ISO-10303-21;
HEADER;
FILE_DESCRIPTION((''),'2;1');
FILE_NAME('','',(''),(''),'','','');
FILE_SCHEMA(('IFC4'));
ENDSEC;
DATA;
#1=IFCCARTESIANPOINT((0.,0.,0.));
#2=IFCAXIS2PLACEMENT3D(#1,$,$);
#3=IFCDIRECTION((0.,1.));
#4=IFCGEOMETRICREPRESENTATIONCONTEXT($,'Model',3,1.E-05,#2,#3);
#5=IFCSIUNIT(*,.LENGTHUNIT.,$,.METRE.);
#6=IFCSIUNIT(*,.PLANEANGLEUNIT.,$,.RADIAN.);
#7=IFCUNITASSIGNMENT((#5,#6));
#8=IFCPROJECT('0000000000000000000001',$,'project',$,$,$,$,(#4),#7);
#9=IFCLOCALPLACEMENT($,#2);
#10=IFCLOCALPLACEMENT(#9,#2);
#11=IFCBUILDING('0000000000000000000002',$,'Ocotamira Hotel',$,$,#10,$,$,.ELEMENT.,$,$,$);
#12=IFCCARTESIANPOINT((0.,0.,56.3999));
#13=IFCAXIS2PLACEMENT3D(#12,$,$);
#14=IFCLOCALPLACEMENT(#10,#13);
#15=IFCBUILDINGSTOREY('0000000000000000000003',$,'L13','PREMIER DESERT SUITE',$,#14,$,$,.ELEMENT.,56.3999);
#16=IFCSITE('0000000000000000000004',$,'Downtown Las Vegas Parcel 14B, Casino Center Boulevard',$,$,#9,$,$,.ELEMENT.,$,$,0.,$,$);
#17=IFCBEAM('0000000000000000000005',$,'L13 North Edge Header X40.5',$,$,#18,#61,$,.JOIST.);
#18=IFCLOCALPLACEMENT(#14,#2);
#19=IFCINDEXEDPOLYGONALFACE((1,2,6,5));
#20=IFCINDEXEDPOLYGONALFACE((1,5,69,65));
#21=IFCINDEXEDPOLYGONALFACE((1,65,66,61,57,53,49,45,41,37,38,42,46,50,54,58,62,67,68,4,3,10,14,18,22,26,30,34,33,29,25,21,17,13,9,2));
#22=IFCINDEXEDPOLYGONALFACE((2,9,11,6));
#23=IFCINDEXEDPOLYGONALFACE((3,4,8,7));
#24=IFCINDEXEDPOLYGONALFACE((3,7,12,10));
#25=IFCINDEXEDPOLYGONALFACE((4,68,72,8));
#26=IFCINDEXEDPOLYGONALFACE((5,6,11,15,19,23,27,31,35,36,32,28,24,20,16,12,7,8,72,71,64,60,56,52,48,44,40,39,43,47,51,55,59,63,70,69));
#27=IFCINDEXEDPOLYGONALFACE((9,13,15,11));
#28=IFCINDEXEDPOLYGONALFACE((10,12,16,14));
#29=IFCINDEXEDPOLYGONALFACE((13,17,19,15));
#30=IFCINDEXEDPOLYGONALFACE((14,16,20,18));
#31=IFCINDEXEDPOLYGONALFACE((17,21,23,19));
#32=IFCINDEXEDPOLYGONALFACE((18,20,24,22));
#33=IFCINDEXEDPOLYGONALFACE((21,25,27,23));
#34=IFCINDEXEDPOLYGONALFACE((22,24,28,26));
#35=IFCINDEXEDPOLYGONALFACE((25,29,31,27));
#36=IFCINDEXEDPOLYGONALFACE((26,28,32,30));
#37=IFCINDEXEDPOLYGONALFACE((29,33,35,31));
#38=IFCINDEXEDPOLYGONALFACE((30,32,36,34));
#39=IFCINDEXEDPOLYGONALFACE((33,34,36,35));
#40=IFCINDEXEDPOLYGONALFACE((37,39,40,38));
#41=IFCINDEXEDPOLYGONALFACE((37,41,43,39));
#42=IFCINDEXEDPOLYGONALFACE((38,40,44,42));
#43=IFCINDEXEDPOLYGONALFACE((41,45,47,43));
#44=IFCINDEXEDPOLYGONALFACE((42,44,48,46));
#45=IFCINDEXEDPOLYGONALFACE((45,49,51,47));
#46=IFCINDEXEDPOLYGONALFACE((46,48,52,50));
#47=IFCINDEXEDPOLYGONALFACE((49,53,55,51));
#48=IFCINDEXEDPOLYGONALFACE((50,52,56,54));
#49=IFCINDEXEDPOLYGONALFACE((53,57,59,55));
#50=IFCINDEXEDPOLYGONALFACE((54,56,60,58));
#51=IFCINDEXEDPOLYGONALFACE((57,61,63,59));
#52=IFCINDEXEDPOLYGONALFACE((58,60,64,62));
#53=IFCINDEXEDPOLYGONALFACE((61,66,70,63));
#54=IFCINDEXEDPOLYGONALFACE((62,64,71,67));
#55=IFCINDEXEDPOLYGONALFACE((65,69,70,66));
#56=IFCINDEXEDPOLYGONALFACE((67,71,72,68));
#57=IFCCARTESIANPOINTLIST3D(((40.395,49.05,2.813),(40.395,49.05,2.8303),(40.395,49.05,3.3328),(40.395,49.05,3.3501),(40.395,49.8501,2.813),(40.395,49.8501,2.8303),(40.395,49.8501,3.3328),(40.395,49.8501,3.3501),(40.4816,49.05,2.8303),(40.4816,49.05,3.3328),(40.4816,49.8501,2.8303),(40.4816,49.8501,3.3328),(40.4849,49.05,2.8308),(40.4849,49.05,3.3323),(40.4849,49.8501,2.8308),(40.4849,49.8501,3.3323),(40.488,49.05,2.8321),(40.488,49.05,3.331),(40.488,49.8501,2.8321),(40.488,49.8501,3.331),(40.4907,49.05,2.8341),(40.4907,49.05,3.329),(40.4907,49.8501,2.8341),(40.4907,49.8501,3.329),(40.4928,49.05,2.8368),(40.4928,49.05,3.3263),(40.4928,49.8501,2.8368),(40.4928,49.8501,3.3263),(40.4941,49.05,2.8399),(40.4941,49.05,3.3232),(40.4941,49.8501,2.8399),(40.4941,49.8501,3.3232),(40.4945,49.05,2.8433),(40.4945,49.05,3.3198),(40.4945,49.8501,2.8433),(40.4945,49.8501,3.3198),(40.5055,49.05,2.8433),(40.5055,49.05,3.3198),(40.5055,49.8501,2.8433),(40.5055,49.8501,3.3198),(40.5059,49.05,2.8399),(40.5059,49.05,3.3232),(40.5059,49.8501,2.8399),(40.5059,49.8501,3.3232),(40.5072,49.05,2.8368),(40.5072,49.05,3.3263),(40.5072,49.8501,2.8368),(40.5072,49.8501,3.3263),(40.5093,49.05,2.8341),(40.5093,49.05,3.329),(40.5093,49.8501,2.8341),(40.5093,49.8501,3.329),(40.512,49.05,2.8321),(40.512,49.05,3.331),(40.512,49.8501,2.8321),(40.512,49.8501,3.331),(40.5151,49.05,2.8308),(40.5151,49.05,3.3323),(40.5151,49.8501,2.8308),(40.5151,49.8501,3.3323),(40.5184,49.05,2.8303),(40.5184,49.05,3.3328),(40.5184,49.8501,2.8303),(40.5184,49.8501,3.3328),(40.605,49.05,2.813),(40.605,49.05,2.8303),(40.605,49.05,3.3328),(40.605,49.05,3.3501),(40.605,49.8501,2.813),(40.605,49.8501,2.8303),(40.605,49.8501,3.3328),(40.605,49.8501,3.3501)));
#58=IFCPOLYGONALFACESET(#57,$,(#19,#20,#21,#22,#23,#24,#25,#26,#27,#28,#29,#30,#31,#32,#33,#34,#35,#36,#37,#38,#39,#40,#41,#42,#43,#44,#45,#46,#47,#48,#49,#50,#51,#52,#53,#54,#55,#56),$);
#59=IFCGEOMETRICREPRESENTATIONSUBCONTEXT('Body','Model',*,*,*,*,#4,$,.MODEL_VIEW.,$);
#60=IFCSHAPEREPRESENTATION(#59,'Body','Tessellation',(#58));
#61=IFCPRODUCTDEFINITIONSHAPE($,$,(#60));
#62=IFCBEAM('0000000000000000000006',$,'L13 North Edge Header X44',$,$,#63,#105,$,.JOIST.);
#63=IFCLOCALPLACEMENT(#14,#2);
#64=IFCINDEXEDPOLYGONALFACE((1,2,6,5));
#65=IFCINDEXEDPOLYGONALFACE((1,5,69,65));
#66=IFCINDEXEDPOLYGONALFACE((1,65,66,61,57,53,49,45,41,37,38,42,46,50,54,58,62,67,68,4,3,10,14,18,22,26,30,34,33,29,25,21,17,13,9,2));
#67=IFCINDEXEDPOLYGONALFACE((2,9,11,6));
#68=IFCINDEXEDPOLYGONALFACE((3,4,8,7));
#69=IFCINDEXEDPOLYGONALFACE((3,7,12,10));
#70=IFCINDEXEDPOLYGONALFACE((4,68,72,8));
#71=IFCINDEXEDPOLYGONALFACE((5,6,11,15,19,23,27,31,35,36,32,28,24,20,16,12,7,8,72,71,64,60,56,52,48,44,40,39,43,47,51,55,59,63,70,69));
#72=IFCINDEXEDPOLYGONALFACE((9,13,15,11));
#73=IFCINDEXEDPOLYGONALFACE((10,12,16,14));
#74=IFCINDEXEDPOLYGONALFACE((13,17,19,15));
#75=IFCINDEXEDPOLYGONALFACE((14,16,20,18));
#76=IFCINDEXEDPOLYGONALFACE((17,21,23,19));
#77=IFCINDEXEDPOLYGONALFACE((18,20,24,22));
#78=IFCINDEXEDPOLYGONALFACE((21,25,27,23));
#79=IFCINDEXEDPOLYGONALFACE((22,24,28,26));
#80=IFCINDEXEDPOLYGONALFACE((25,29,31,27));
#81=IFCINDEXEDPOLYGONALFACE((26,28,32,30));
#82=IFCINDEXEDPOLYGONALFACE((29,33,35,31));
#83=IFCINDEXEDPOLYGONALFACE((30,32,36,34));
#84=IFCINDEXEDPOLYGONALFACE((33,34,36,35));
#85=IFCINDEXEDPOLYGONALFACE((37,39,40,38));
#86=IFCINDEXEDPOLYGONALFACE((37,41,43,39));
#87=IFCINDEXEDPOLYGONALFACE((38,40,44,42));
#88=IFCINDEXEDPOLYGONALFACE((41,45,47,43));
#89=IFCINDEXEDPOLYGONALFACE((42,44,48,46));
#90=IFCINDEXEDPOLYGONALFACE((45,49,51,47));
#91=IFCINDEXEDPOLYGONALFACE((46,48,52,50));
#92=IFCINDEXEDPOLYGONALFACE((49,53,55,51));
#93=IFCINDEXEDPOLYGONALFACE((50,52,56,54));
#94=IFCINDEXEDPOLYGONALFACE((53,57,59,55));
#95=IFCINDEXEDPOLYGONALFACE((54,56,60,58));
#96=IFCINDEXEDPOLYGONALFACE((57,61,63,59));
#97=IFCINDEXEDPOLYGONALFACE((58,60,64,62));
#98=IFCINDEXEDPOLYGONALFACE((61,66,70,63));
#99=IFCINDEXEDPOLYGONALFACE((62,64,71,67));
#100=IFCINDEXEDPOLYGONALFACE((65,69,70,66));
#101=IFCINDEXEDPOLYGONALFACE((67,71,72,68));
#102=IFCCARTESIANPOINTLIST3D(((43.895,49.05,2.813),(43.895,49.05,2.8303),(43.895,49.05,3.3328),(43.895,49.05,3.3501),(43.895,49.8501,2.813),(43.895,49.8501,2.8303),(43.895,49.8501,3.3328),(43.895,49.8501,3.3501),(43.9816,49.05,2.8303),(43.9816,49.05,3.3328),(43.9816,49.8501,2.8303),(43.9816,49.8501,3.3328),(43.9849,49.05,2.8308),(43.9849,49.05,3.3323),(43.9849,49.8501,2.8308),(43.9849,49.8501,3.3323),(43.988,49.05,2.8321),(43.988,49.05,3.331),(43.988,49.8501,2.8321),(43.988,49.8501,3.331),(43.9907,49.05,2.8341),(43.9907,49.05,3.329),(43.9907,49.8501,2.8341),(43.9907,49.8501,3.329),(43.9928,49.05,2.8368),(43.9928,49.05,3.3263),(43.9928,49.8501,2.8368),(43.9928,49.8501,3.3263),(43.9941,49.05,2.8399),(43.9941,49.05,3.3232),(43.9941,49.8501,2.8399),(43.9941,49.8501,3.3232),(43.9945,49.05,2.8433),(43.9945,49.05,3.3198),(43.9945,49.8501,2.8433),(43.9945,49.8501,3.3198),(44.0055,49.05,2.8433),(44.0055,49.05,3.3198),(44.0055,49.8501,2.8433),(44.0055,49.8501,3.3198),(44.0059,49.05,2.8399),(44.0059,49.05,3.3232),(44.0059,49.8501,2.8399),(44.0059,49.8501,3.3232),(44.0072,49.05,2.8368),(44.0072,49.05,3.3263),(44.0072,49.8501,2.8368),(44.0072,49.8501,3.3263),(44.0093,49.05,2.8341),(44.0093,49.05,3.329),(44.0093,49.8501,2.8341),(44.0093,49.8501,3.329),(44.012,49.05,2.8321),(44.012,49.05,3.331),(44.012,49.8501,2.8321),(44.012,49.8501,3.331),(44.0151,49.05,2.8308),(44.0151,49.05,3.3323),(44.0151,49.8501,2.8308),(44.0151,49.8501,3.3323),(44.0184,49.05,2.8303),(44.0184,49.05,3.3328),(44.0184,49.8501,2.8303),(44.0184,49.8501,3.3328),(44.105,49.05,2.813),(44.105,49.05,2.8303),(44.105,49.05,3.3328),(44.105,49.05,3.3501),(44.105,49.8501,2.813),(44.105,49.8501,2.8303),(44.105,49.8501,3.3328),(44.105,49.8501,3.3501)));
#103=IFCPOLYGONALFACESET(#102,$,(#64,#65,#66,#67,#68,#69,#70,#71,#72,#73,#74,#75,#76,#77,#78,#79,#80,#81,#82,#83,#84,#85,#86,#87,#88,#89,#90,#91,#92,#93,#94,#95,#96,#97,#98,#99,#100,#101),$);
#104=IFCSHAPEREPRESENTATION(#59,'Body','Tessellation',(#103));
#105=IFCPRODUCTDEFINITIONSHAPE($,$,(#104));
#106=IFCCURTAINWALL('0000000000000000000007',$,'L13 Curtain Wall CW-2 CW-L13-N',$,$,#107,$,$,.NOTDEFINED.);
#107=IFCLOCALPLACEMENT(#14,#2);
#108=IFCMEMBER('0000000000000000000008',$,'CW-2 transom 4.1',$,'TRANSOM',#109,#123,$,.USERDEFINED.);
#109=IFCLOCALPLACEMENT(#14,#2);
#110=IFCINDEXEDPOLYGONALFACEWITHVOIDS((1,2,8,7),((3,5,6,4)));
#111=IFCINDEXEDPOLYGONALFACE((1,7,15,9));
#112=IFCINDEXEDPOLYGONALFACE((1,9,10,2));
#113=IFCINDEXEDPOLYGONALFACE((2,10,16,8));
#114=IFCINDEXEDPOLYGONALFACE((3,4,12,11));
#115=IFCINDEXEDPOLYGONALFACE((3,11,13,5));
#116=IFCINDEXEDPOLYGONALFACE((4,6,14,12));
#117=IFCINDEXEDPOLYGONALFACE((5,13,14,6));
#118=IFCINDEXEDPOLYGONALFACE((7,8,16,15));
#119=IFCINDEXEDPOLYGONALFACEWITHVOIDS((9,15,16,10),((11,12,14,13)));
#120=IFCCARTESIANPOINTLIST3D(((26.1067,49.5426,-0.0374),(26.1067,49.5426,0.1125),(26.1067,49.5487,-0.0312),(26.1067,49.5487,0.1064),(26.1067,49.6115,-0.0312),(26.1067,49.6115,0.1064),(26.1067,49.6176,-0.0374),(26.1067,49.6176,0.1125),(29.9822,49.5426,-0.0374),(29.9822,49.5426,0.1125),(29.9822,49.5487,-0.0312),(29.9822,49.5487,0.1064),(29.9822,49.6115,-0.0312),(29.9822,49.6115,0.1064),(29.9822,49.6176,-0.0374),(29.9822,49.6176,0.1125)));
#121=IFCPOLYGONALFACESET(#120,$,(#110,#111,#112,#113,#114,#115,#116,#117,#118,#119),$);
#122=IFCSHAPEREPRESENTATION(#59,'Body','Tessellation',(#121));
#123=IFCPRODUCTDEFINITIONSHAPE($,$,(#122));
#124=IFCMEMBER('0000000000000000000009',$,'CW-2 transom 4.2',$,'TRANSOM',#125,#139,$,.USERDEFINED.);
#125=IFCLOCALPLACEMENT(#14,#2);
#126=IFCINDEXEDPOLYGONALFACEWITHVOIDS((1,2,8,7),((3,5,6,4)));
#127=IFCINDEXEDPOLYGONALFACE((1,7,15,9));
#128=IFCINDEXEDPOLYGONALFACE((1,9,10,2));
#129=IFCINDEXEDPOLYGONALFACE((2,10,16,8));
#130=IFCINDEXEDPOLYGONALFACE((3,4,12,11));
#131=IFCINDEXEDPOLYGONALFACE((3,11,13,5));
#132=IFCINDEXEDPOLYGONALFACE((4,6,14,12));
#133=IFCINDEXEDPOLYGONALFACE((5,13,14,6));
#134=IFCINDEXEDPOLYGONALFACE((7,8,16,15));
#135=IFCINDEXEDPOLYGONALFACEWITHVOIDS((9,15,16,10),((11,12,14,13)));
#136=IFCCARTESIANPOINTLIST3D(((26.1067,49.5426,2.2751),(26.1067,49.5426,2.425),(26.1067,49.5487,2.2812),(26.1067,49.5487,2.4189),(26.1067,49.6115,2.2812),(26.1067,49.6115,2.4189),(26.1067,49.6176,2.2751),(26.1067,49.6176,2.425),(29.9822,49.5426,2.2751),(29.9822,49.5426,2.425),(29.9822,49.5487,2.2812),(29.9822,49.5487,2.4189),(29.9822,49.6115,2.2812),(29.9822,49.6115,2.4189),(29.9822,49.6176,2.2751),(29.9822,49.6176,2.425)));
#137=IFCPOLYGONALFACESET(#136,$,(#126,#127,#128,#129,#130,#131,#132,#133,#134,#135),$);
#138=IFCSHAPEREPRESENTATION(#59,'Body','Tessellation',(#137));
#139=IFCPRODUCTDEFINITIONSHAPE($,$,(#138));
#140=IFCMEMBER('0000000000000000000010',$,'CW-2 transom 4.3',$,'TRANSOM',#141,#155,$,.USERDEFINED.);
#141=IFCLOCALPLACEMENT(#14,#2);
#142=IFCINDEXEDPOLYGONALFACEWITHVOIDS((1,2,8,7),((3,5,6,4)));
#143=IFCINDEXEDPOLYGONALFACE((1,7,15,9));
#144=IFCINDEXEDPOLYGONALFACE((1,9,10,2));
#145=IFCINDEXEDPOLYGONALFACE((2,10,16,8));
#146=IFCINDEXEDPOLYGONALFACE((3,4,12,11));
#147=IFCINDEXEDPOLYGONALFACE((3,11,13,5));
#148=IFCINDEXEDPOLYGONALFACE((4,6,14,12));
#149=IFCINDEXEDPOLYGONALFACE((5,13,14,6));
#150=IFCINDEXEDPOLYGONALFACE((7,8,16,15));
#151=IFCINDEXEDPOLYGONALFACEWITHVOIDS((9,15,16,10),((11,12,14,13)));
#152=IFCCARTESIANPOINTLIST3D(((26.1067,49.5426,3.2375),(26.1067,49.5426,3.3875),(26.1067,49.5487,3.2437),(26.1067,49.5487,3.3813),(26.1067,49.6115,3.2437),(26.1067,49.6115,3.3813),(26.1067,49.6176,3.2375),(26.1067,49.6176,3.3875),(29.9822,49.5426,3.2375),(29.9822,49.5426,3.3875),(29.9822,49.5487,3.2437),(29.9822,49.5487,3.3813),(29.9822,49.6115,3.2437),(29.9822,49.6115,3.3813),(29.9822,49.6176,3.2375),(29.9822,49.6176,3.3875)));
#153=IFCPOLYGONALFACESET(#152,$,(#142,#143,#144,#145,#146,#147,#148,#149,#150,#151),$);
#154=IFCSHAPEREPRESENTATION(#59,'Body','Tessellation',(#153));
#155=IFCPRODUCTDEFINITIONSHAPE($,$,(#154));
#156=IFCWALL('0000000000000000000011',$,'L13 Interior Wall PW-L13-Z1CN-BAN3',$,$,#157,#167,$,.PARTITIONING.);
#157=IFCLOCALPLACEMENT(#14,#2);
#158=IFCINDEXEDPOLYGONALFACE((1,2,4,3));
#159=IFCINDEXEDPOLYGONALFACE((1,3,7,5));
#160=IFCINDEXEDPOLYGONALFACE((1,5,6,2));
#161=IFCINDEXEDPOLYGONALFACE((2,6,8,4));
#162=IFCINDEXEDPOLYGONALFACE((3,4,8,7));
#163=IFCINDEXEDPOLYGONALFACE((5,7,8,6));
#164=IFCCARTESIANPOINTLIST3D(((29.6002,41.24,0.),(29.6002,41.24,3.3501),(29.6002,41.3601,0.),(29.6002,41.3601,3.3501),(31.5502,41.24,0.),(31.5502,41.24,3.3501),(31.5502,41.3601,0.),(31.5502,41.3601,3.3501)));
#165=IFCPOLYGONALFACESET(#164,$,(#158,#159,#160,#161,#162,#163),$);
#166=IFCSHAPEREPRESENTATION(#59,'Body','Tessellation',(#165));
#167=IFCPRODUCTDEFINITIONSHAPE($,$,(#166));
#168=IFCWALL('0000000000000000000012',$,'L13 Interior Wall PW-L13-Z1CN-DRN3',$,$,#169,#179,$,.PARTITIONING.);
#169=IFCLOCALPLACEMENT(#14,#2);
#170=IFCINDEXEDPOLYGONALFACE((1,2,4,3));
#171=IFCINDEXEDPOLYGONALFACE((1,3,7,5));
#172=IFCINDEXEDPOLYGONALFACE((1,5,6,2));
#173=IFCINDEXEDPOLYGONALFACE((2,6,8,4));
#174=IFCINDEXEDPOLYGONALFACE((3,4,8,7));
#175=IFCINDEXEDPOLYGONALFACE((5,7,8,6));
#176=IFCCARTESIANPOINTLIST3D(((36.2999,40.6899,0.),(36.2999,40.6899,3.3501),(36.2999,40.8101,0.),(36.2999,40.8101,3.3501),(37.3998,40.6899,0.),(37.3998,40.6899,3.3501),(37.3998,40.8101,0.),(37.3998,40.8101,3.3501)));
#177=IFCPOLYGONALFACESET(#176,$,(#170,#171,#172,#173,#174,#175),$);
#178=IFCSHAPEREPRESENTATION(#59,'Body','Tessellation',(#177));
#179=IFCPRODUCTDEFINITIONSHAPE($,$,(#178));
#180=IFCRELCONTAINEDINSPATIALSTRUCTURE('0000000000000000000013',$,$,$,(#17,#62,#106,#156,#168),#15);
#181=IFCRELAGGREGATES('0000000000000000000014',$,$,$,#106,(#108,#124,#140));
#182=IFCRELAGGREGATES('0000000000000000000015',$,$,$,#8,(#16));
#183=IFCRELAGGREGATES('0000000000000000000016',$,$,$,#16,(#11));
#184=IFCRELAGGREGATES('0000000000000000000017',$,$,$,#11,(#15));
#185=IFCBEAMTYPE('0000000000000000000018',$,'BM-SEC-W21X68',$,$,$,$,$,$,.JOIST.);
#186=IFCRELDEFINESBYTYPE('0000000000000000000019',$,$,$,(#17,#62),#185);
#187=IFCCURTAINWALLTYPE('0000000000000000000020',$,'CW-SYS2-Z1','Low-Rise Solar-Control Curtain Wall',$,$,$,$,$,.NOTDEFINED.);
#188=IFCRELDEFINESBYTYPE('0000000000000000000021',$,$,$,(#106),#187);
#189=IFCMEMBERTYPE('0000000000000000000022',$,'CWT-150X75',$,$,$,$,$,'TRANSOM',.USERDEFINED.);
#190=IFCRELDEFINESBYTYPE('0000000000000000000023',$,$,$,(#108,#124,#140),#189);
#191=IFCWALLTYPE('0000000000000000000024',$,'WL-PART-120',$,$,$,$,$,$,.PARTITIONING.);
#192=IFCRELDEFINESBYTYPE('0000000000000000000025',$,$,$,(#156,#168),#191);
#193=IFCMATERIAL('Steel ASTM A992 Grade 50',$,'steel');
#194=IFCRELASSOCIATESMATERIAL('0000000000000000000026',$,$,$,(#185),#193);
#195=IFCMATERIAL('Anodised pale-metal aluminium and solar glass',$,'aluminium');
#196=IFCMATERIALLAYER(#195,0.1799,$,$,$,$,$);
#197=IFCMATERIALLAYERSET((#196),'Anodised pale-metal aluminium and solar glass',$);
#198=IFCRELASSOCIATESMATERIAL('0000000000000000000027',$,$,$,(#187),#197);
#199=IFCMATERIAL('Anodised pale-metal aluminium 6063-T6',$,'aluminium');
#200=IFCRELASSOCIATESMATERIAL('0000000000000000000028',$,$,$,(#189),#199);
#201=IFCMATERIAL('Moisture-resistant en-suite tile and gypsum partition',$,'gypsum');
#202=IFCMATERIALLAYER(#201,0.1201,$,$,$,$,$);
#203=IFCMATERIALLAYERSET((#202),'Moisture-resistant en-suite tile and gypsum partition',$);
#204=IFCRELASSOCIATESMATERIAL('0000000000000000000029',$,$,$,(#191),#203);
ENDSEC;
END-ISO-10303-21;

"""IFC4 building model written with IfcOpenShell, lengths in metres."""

from ifc_helpers import new_model, si_unit, direction, frame, frame_2d, origin, origin_2d, place, context, subcontext, project, spatial, rectangle, hollow_rectangle, i_section, extrude, source, transform, mapped, material, layer, layer_set, material_profile, profile_set, type_object, element, aggregate, save


model = new_model("IFC4")

# Units and contexts
model_context = context("Model", 3, precision=1e-05, world=origin(), true_north=direction((0.0, 1.0)))
body_context = subcontext(model_context, "Body", "Model", "MODEL_VIEW")
ifc_project = project(units=[si_unit("LENGTHUNIT", "METRE"), si_unit("PLANEANGLEUNIT", "RADIAN")], contexts=[model_context])

# Site, building, storey
site_placement = place(None, origin())
site = spatial("IfcSite", under=ifc_project, at=site_placement, Name="Downtown Las Vegas Parcel 14B, Casino Center Boulevard", CompositionType="ELEMENT", RefElevation=0.0)
building_placement = place(site_placement, origin())
building = spatial("IfcBuilding", under=site, at=building_placement, Name="Ocotamira Hotel", CompositionType="ELEMENT")
storey_placement = place(building_placement, frame((0.0, 0.0, 56.3999)))
storey = spatial("IfcBuildingStorey", under=building, at=storey_placement, Name="L13", Description="PREMIER DESERT SUITE", CompositionType="ELEMENT", Elevation=56.3999)

# Beams
ifc_material_1 = material(Name="Steel ASTM A992 Grade 50", Category="steel")
ifc_material_profile_1 = material_profile(ifc_material_1, i_section(OverallWidth=0.21, OverallDepth=0.5371, WebThickness=0.011, FlangeThickness=0.0173, FilletRadius=0.0129, at=origin_2d()), Name="W21X68")
ifc_profile_set_1 = profile_set([ifc_material_profile_1], Name="Steel ASTM A992 Grade 50")
beam_type_1 = type_object("IfcBeamType", Name="BM-SEC-W21X68", PredefinedType="JOIST", material=ifc_profile_set_1)
shared_shape_1 = source(origin(), body_context, "Body", "SweptSolid", [
    extrude(i_section(OverallWidth=0.21, OverallDepth=0.5371, WebThickness=0.011, FlangeThickness=0.0173, FilletRadius=0.0129, at=origin_2d()), origin(), (0.0, 0.0, 1.0), 0.8),
])
for number, where, z_axis, x_axis, name in (
    (1, (40.5, 49.05, 3.0815), (0.0, 1.0, 0.0), (-1.0, 0.0, 0.0), "L13 North Edge Header X40.5"),
    (2, (44.0, 49.05, 3.0815), (0.0, 1.0, 0.0), (-1.0, 0.0, 0.0), "L13 North Edge Header X44"),
):
    element("IfcBeam", number, at=place(storey_placement, frame(where, z_axis=z_axis, x_axis=x_axis)), inside=storey, type_object=beam_type_1, Name=name, PredefinedType="JOIST", context=body_context, shape_type="MappedRepresentation", body=[
        mapped(shared_shape_1, transform((0.0, 0.0, 0.0), scale=1.0)),
    ])

# Curtain wall, members
ifc_material_2 = material(Name="Anodised pale-metal aluminium and solar glass", Category="aluminium")
ifc_layer_1 = layer(ifc_material_2, 0.1799)
ifc_layer_set_1 = layer_set([ifc_layer_1], Name="Anodised pale-metal aluminium and solar glass")
curtain_wall_type = type_object("IfcCurtainWallType", Name="CW-SYS2-Z1", Description="Low-Rise Solar-Control Curtain Wall", PredefinedType="NOTDEFINED", material=ifc_layer_set_1)
curtain_wall_placement = place(storey_placement, origin())
curtain_wall = element("IfcCurtainWall", 3, at=curtain_wall_placement, inside=storey, type_object=curtain_wall_type, Name="L13 Curtain Wall CW-2 CW-L13-N", PredefinedType="NOTDEFINED")
ifc_material_3 = material(Name="Anodised pale-metal aluminium 6063-T6", Category="aluminium")
ifc_material_profile_2 = material_profile(ifc_material_3, hollow_rectangle(XDim=0.075, YDim=0.1499, WallThickness=0.0061, at=origin_2d()), Name="HSS150X75X6")
ifc_profile_set_2 = profile_set([ifc_material_profile_2], Name="Anodised pale-metal aluminium 6063-T6")
member_type = type_object("IfcMemberType", Name="CWT-150X75", ElementType="TRANSOM", PredefinedType="USERDEFINED", material=ifc_profile_set_2)
shared_shape_2 = source(origin(), body_context, "Body", "SweptSolid", [
    extrude(hollow_rectangle(XDim=0.075, YDim=0.1499, WallThickness=0.0061, at=origin_2d()), origin(), (0.0, 0.0, 1.0), 3.8755),
])
member_1_placement = place(storey_placement, frame((26.1067, 49.5801, 0.0376), z_axis=(1.0, 0.0, 0.0), x_axis=(0.0, 1.0, 0.0)))
member_1 = element("IfcMember", 4, at=member_1_placement, type_object=member_type, Name="CW-2 transom 4.1", ObjectType="TRANSOM", PredefinedType="USERDEFINED", context=body_context, shape_type="MappedRepresentation", body=[
    mapped(shared_shape_2, transform((0.0, 0.0, 0.0), scale=1.0)),
])
member_2_placement = place(storey_placement, frame((26.1067, 49.5801, 2.3501), z_axis=(1.0, 0.0, 0.0), x_axis=(0.0, 1.0, 0.0)))
member_2 = element("IfcMember", 5, at=member_2_placement, type_object=member_type, Name="CW-2 transom 4.2", ObjectType="TRANSOM", PredefinedType="USERDEFINED", context=body_context, shape_type="MappedRepresentation", body=[
    mapped(shared_shape_2, transform((0.0, 0.0, 0.0), scale=1.0)),
])
member_3_placement = place(storey_placement, frame((26.1067, 49.5801, 3.3125), z_axis=(1.0, 0.0, 0.0), x_axis=(0.0, 1.0, 0.0)))
member_3 = element("IfcMember", 6, at=member_3_placement, type_object=member_type, Name="CW-2 transom 4.3", ObjectType="TRANSOM", PredefinedType="USERDEFINED", context=body_context, shape_type="MappedRepresentation", body=[
    mapped(shared_shape_2, transform((0.0, 0.0, 0.0), scale=1.0)),
])
aggregate(curtain_wall, [member_1, member_2, member_3])

# Walls
ifc_material_4 = material(Name="Moisture-resistant en-suite tile and gypsum partition", Category="gypsum")
ifc_layer_2 = layer(ifc_material_4, 0.1201)
ifc_layer_set_2 = layer_set([ifc_layer_2], Name="Moisture-resistant en-suite tile and gypsum partition")
wall_type_1 = type_object("IfcWallType", Name="WL-PART-120", PredefinedType="PARTITIONING", material=ifc_layer_set_2)
wall_1_placement = place(storey_placement, frame((29.6001, 41.3, 0.0), z_axis=(0.0, 0.0, 1.0), x_axis=(1.0, 0.0, 0.0)))
element("IfcWall", 7, at=wall_1_placement, inside=storey, type_object=wall_type_1, Name="L13 Interior Wall PW-L13-Z1CN-BAN3", PredefinedType="PARTITIONING", context=body_context, shape_type="SweptSolid", body=[
    extrude(rectangle(XDim=1.95, YDim=0.1201, at=frame_2d((0.9751, 0.0))), origin(), (0.0, 0.0, 1.0), 3.3501),
])
wall_2_placement = place(storey_placement, frame((36.3, 40.75, 0.0), z_axis=(0.0, 0.0, 1.0), x_axis=(1.0, 0.0, 0.0)))
element("IfcWall", 8, at=wall_2_placement, inside=storey, type_object=wall_type_1, Name="L13 Interior Wall PW-L13-Z1CN-DRN3", PredefinedType="PARTITIONING", context=body_context, shape_type="SweptSolid", body=[
    extrude(rectangle(XDim=1.0999, YDim=0.1201, at=frame_2d((0.5498, 0.0))), origin(), (0.0, 0.0, 1.0), 3.3501),
])

save(model, "model.ifc")
